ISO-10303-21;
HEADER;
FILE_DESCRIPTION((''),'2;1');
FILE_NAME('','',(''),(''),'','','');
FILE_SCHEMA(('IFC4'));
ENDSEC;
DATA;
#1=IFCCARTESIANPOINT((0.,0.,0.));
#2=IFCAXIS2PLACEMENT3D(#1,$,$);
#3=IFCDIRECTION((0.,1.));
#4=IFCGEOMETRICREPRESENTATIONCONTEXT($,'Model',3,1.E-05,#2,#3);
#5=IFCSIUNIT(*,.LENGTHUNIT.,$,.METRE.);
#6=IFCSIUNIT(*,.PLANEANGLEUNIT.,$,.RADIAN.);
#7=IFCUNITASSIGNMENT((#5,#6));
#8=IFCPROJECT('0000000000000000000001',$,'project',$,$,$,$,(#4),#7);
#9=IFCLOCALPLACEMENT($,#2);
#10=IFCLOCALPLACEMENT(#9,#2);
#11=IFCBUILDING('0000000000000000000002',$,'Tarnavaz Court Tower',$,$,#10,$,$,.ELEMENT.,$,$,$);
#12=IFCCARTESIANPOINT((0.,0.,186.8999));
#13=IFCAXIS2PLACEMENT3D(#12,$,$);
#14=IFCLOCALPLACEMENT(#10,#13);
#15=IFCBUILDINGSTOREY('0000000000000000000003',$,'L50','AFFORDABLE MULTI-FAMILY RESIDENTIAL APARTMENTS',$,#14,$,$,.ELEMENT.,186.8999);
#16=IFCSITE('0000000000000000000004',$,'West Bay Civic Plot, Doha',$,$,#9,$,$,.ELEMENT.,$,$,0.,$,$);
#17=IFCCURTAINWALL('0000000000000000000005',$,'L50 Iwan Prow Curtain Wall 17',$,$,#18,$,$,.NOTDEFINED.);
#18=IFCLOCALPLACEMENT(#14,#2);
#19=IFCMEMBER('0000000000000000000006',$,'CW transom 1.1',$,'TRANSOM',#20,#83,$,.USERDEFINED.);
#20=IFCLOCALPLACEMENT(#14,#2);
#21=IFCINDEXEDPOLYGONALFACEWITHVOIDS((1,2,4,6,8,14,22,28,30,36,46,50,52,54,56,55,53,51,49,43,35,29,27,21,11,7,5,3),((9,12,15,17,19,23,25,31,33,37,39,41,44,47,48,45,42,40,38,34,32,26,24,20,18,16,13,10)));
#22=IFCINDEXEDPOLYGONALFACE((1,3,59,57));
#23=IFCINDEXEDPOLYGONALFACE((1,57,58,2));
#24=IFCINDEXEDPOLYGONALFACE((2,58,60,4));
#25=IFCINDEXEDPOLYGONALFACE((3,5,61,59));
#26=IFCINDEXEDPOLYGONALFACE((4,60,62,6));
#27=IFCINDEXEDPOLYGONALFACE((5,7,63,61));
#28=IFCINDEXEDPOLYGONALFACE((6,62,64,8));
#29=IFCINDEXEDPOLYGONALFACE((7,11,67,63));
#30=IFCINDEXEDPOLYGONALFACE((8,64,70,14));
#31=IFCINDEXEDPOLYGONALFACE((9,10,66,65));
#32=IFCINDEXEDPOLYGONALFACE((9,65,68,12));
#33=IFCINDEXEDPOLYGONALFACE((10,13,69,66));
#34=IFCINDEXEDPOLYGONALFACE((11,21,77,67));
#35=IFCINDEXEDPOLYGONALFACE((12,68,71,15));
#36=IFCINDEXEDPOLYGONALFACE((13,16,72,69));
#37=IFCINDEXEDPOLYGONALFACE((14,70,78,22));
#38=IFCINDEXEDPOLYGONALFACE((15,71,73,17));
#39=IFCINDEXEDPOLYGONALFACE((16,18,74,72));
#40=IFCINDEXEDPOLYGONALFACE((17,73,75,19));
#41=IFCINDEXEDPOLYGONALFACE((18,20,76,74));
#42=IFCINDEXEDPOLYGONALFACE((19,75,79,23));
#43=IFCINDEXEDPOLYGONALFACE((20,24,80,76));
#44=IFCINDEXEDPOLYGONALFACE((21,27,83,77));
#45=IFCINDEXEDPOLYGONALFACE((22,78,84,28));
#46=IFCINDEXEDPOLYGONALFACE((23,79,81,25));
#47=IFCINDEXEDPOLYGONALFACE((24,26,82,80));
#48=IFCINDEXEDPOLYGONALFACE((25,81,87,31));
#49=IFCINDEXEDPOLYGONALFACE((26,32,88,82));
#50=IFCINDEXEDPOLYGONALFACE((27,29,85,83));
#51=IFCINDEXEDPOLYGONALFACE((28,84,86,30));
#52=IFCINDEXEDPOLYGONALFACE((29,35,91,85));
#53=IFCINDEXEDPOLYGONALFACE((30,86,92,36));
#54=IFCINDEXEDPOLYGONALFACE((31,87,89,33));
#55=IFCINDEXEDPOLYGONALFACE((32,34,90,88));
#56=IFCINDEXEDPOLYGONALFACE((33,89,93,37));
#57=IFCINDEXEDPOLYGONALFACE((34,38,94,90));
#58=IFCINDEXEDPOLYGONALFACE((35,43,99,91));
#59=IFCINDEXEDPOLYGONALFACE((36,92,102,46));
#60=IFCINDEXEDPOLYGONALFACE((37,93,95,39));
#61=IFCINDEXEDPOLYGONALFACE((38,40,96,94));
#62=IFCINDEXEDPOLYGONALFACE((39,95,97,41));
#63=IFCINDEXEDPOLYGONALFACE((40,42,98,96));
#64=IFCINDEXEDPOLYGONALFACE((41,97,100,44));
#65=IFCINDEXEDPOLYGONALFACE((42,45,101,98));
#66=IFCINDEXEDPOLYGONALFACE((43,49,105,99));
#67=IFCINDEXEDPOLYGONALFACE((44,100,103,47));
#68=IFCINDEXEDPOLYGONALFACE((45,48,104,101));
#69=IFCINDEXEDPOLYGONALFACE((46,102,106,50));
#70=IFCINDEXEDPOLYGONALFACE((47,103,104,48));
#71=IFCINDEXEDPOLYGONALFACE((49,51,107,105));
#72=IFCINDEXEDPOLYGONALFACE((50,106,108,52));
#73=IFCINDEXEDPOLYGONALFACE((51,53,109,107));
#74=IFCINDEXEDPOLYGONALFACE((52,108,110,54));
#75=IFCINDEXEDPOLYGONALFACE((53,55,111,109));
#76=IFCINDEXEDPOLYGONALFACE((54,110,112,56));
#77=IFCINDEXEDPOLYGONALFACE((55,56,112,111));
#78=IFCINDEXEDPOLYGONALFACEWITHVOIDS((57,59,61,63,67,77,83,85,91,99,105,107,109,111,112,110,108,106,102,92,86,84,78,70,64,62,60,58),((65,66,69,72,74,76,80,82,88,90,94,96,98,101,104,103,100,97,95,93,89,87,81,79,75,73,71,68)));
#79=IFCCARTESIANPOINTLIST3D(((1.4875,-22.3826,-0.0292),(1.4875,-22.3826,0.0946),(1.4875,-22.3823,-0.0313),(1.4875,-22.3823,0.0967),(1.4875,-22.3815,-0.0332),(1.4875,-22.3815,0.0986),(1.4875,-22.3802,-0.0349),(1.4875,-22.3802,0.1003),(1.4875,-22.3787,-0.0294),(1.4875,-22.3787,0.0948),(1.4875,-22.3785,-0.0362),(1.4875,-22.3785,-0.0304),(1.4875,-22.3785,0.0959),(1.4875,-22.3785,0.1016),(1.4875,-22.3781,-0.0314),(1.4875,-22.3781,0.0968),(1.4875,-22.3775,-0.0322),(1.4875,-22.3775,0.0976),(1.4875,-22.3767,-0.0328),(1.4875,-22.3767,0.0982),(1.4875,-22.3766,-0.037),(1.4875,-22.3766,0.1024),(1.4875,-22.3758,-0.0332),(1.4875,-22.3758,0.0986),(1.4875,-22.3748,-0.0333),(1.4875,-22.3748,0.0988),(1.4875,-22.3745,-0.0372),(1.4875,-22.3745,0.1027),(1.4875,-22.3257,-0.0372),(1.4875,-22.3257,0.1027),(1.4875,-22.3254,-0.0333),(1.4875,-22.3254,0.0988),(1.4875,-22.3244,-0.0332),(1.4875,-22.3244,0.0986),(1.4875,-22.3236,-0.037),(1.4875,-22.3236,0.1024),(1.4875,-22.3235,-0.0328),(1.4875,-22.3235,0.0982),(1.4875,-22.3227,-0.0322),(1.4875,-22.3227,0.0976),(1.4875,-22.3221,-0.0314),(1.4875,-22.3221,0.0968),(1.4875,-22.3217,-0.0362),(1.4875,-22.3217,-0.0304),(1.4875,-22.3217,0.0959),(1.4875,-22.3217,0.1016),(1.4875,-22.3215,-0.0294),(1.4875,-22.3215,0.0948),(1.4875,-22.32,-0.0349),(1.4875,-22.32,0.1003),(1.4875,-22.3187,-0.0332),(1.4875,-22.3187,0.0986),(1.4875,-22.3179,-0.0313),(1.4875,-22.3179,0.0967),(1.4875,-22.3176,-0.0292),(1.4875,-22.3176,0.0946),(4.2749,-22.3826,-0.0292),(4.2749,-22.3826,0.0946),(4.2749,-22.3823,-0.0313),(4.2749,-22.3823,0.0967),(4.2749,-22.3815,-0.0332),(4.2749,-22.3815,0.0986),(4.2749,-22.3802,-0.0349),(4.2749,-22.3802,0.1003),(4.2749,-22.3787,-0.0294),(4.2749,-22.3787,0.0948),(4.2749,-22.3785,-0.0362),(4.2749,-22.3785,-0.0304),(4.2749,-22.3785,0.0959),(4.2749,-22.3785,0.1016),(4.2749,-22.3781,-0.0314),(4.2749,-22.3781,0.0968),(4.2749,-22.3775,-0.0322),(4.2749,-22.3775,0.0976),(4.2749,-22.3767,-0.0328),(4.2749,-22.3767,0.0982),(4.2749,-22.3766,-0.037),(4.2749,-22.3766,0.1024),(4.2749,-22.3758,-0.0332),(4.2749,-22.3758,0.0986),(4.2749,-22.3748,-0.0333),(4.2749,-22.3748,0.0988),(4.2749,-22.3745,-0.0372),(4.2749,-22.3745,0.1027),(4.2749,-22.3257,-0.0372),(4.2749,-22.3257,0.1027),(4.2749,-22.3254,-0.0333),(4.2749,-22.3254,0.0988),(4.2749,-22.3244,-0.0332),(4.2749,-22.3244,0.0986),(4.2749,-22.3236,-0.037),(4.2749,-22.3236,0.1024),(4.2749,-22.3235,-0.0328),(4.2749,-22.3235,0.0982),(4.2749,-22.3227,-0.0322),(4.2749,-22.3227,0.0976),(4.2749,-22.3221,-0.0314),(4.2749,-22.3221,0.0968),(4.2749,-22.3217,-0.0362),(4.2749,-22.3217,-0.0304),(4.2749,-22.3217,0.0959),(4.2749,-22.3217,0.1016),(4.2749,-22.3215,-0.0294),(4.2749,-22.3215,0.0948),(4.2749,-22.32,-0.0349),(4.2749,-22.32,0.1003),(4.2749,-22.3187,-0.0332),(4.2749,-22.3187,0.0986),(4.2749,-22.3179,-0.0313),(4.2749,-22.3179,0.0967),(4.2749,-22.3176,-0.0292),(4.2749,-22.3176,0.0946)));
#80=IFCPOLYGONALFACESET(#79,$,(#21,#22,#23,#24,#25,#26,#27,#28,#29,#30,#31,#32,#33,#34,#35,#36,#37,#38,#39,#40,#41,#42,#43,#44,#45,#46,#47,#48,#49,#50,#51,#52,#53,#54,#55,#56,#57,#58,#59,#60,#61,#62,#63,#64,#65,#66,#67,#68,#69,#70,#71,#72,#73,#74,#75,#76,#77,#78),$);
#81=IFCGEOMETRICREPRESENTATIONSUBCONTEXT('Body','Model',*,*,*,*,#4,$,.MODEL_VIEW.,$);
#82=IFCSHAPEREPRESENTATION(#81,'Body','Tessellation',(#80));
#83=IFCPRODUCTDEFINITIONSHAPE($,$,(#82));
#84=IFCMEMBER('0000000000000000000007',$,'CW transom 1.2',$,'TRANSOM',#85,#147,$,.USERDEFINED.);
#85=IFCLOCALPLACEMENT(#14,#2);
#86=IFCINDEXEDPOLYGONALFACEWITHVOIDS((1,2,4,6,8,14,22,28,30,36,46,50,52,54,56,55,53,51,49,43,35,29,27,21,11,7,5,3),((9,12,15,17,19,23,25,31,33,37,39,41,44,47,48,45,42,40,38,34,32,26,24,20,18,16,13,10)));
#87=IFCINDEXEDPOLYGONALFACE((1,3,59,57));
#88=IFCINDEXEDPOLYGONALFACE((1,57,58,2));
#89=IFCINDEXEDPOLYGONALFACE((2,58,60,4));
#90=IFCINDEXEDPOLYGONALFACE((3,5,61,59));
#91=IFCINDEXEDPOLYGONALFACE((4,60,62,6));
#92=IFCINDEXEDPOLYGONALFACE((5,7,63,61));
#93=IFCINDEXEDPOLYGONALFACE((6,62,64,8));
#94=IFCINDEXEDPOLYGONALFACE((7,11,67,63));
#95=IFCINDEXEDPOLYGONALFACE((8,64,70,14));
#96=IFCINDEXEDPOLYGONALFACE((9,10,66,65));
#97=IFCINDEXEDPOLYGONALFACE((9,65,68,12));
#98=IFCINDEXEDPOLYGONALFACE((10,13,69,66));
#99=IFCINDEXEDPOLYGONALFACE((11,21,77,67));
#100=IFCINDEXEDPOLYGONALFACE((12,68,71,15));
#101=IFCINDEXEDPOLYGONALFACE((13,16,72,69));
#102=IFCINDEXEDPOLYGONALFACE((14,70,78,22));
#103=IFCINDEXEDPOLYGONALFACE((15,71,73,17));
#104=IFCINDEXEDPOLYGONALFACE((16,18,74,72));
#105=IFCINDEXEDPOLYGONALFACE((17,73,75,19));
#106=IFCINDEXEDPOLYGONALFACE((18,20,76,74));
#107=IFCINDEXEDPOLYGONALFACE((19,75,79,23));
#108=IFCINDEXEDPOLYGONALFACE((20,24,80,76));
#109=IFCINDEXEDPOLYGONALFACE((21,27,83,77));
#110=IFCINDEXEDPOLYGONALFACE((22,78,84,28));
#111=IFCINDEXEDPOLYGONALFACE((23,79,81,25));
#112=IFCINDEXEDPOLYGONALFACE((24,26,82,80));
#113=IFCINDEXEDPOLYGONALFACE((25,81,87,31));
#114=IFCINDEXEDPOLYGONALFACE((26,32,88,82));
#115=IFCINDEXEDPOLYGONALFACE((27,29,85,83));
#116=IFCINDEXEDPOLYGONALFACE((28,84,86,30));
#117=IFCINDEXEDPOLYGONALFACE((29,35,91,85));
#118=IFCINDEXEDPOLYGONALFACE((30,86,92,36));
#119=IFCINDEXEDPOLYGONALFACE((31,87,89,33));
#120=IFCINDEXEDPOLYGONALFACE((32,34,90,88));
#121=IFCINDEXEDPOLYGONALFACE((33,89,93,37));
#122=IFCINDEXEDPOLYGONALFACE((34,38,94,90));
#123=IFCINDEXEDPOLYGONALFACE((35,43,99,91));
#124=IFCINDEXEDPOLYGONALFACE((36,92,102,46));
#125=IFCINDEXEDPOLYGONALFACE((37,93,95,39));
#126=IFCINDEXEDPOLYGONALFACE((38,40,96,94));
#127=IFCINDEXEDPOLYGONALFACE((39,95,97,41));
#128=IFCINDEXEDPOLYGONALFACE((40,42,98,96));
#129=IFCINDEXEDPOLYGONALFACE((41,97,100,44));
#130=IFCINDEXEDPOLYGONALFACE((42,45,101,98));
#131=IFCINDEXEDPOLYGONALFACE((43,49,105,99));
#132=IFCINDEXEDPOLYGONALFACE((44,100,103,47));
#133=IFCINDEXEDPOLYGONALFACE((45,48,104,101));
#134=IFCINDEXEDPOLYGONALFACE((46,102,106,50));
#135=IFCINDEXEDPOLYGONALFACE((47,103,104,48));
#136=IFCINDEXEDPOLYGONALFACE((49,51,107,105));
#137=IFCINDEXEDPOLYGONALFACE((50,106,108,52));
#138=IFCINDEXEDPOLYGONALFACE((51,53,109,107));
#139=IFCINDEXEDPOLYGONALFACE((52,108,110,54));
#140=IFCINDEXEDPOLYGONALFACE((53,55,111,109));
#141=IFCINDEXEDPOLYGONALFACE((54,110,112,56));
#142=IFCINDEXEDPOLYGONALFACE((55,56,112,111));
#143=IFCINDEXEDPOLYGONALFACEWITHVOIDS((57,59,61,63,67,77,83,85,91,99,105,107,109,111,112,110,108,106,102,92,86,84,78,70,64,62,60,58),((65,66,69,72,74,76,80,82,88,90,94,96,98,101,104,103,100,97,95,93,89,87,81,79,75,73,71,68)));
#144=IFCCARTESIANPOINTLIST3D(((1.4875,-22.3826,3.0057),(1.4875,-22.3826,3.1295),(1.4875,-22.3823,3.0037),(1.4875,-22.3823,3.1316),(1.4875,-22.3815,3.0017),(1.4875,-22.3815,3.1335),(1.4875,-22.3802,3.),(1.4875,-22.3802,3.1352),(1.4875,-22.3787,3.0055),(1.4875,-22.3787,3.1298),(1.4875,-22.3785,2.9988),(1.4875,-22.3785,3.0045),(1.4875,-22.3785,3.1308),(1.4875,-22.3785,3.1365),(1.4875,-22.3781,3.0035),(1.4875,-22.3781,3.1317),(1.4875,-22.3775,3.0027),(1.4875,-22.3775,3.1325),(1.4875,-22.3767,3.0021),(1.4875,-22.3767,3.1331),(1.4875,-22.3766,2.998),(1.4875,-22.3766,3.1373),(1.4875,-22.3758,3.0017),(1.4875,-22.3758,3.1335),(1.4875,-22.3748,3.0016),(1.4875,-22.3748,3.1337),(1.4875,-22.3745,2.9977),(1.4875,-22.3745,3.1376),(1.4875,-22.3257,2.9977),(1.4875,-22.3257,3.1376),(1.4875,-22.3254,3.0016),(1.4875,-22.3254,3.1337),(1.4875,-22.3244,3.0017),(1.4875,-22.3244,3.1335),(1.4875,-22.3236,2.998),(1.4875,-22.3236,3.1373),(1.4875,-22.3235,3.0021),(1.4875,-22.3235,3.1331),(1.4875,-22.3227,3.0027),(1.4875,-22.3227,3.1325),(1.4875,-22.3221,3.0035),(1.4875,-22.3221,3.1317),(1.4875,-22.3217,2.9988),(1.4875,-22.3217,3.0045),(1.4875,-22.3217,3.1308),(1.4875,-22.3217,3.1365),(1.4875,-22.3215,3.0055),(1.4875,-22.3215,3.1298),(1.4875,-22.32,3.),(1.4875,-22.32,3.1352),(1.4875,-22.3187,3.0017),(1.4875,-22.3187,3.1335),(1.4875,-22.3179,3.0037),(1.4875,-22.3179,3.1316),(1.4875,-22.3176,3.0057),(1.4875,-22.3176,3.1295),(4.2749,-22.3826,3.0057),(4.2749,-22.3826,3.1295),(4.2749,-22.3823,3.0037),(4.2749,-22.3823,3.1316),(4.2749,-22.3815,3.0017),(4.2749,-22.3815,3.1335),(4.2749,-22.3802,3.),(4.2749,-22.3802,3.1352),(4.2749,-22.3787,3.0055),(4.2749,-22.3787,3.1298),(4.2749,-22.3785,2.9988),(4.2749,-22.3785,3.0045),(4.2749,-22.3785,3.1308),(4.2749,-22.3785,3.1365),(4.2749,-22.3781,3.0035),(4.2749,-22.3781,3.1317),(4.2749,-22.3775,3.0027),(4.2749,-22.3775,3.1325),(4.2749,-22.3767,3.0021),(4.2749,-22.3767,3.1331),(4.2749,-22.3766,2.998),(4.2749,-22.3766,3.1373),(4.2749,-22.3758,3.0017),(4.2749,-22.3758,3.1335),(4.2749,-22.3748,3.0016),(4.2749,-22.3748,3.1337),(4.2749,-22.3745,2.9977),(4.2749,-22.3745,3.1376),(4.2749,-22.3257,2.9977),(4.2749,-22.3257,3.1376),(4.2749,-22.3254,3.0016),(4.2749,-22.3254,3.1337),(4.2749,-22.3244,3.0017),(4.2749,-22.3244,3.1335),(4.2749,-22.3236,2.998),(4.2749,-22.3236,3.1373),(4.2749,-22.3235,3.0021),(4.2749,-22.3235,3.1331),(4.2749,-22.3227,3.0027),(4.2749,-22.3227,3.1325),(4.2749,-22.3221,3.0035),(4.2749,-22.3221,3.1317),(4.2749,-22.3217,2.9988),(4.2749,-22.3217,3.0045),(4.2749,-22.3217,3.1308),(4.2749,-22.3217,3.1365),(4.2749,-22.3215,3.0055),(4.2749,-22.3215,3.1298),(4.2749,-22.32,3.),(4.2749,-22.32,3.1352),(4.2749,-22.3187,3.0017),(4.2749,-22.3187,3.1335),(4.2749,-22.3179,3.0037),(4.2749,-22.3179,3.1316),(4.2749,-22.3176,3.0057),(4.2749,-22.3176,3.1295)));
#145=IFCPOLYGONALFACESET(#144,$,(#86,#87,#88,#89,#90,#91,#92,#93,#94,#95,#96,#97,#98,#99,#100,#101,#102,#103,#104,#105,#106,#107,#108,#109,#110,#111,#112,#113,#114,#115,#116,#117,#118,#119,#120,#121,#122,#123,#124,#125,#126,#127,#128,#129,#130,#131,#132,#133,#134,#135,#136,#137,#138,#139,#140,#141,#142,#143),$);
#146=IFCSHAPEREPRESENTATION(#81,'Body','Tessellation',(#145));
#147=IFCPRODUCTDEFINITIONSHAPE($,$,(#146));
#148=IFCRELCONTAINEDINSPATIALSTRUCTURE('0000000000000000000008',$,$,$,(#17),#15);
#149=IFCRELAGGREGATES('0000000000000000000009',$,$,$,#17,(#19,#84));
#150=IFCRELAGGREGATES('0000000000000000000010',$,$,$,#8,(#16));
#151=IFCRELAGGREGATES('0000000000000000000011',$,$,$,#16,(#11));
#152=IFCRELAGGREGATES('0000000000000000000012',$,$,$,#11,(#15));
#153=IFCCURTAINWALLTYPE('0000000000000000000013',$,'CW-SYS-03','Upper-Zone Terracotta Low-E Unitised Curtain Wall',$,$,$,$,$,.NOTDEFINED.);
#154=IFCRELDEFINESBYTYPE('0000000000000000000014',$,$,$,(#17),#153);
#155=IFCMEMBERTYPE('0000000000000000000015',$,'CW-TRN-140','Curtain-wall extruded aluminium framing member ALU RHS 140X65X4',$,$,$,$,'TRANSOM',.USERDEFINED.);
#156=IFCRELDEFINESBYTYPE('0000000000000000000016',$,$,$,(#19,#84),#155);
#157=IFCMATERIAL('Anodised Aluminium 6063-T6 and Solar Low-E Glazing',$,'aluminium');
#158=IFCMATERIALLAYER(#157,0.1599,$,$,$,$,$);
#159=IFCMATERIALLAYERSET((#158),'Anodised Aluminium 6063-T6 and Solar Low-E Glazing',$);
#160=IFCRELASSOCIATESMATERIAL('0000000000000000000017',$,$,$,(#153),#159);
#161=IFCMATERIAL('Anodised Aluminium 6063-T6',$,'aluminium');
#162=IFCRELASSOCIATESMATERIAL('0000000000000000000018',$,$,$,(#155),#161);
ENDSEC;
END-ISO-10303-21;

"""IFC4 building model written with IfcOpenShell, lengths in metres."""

from ifc_helpers import new_model, si_unit, direction, frame, origin, origin_2d, place, context, subcontext, project, spatial, hollow_rectangle, extrude, material, layer, layer_set, material_profile, profile_set, type_object, element, aggregate, save


model = new_model("IFC4")

# Units and contexts
model_context = context("Model", 3, precision=1e-05, world=origin(), true_north=direction((0.0, 1.0)))
body_context = subcontext(model_context, "Body", "Model", "MODEL_VIEW")
ifc_project = project(units=[si_unit("LENGTHUNIT", "METRE"), si_unit("PLANEANGLEUNIT", "RADIAN")], contexts=[model_context])

# Site, building, storey
site_placement = place(None, origin())
site = spatial("IfcSite", under=ifc_project, at=site_placement, Name="West Bay Civic Plot, Doha", CompositionType="ELEMENT", RefElevation=0.0)
building_placement = place(site_placement, origin())
building = spatial("IfcBuilding", under=site, at=building_placement, Name="Tarnavaz Court Tower", CompositionType="ELEMENT")
storey_placement = place(building_placement, frame((0.0, 0.0, 186.8999)))
storey = spatial("IfcBuildingStorey", under=building, at=storey_placement, Name="L50", Description="AFFORDABLE MULTI-FAMILY RESIDENTIAL APARTMENTS", CompositionType="ELEMENT", Elevation=186.8999)

# Curtain wall, members
ifc_material_1 = material(Name="Anodised Aluminium 6063-T6 and Solar Low-E Glazing", Category="aluminium")
ifc_layer_1 = layer(ifc_material_1, 0.1599)
ifc_layer_set_1 = layer_set([ifc_layer_1], Name="Anodised Aluminium 6063-T6 and Solar Low-E Glazing")
curtain_wall_type = type_object("IfcCurtainWallType", Name="CW-SYS-03", Description="Upper-Zone Terracotta Low-E Unitised Curtain Wall", PredefinedType="NOTDEFINED", material=ifc_layer_set_1)
curtain_wall_placement = place(storey_placement, origin())
curtain_wall = element("IfcCurtainWall", 1, at=curtain_wall_placement, inside=storey, type_object=curtain_wall_type, Name="L50 Iwan Prow Curtain Wall 17", PredefinedType="NOTDEFINED")
ifc_material_2 = material(Name="Anodised Aluminium 6063-T6", Category="aluminium")
ifc_material_profile_1 = material_profile(ifc_material_2, hollow_rectangle(XDim=0.0649, YDim=0.1399, WallThickness=0.0039, InnerFilletRadius=0.0039, OuterFilletRadius=0.0081, at=origin_2d()), Name="ALU RHS 140X65X4")
ifc_profile_set_1 = profile_set([ifc_material_profile_1], Name="Anodised Aluminium 6063-T6")
member_type_1 = type_object("IfcMemberType", Name="CW-TRN-140", Description="Curtain-wall extruded aluminium framing member ALU RHS 140X65X4", ElementType="TRANSOM", PredefinedType="USERDEFINED", material=ifc_profile_set_1)
member_1_placement = place(storey_placement, frame((4.2749, -22.3501, 0.0327), z_axis=(-1.0, 0.0, 0.0), x_axis=(0.0, -1.0, 0.0)))
member_1 = element("IfcMember", 2, at=member_1_placement, type_object=member_type_1, Name="CW transom 1.1", ObjectType="TRANSOM", PredefinedType="USERDEFINED", context=body_context, shape_type="SweptSolid", body=[
    extrude(hollow_rectangle(XDim=0.0649, YDim=0.1399, WallThickness=0.0039, InnerFilletRadius=0.0039, OuterFilletRadius=0.0081, at=origin_2d()), origin(), (0.0, 0.0, 1.0), 2.7874),
])
member_2_placement = place(storey_placement, frame((4.2749, -22.3501, 3.0676), z_axis=(-1.0, 0.0, 0.0), x_axis=(0.0, -1.0, 0.0)))
member_2 = element("IfcMember", 3, at=member_2_placement, type_object=member_type_1, Name="CW transom 1.2", ObjectType="TRANSOM", PredefinedType="USERDEFINED", context=body_context, shape_type="SweptSolid", body=[
    extrude(hollow_rectangle(XDim=0.0649, YDim=0.1399, WallThickness=0.0039, InnerFilletRadius=0.0039, OuterFilletRadius=0.0081, at=origin_2d()), origin(), (0.0, 0.0, 1.0), 2.7874),
])
aggregate(curtain_wall, [member_1, member_2])

save(model, "model.ifc")
